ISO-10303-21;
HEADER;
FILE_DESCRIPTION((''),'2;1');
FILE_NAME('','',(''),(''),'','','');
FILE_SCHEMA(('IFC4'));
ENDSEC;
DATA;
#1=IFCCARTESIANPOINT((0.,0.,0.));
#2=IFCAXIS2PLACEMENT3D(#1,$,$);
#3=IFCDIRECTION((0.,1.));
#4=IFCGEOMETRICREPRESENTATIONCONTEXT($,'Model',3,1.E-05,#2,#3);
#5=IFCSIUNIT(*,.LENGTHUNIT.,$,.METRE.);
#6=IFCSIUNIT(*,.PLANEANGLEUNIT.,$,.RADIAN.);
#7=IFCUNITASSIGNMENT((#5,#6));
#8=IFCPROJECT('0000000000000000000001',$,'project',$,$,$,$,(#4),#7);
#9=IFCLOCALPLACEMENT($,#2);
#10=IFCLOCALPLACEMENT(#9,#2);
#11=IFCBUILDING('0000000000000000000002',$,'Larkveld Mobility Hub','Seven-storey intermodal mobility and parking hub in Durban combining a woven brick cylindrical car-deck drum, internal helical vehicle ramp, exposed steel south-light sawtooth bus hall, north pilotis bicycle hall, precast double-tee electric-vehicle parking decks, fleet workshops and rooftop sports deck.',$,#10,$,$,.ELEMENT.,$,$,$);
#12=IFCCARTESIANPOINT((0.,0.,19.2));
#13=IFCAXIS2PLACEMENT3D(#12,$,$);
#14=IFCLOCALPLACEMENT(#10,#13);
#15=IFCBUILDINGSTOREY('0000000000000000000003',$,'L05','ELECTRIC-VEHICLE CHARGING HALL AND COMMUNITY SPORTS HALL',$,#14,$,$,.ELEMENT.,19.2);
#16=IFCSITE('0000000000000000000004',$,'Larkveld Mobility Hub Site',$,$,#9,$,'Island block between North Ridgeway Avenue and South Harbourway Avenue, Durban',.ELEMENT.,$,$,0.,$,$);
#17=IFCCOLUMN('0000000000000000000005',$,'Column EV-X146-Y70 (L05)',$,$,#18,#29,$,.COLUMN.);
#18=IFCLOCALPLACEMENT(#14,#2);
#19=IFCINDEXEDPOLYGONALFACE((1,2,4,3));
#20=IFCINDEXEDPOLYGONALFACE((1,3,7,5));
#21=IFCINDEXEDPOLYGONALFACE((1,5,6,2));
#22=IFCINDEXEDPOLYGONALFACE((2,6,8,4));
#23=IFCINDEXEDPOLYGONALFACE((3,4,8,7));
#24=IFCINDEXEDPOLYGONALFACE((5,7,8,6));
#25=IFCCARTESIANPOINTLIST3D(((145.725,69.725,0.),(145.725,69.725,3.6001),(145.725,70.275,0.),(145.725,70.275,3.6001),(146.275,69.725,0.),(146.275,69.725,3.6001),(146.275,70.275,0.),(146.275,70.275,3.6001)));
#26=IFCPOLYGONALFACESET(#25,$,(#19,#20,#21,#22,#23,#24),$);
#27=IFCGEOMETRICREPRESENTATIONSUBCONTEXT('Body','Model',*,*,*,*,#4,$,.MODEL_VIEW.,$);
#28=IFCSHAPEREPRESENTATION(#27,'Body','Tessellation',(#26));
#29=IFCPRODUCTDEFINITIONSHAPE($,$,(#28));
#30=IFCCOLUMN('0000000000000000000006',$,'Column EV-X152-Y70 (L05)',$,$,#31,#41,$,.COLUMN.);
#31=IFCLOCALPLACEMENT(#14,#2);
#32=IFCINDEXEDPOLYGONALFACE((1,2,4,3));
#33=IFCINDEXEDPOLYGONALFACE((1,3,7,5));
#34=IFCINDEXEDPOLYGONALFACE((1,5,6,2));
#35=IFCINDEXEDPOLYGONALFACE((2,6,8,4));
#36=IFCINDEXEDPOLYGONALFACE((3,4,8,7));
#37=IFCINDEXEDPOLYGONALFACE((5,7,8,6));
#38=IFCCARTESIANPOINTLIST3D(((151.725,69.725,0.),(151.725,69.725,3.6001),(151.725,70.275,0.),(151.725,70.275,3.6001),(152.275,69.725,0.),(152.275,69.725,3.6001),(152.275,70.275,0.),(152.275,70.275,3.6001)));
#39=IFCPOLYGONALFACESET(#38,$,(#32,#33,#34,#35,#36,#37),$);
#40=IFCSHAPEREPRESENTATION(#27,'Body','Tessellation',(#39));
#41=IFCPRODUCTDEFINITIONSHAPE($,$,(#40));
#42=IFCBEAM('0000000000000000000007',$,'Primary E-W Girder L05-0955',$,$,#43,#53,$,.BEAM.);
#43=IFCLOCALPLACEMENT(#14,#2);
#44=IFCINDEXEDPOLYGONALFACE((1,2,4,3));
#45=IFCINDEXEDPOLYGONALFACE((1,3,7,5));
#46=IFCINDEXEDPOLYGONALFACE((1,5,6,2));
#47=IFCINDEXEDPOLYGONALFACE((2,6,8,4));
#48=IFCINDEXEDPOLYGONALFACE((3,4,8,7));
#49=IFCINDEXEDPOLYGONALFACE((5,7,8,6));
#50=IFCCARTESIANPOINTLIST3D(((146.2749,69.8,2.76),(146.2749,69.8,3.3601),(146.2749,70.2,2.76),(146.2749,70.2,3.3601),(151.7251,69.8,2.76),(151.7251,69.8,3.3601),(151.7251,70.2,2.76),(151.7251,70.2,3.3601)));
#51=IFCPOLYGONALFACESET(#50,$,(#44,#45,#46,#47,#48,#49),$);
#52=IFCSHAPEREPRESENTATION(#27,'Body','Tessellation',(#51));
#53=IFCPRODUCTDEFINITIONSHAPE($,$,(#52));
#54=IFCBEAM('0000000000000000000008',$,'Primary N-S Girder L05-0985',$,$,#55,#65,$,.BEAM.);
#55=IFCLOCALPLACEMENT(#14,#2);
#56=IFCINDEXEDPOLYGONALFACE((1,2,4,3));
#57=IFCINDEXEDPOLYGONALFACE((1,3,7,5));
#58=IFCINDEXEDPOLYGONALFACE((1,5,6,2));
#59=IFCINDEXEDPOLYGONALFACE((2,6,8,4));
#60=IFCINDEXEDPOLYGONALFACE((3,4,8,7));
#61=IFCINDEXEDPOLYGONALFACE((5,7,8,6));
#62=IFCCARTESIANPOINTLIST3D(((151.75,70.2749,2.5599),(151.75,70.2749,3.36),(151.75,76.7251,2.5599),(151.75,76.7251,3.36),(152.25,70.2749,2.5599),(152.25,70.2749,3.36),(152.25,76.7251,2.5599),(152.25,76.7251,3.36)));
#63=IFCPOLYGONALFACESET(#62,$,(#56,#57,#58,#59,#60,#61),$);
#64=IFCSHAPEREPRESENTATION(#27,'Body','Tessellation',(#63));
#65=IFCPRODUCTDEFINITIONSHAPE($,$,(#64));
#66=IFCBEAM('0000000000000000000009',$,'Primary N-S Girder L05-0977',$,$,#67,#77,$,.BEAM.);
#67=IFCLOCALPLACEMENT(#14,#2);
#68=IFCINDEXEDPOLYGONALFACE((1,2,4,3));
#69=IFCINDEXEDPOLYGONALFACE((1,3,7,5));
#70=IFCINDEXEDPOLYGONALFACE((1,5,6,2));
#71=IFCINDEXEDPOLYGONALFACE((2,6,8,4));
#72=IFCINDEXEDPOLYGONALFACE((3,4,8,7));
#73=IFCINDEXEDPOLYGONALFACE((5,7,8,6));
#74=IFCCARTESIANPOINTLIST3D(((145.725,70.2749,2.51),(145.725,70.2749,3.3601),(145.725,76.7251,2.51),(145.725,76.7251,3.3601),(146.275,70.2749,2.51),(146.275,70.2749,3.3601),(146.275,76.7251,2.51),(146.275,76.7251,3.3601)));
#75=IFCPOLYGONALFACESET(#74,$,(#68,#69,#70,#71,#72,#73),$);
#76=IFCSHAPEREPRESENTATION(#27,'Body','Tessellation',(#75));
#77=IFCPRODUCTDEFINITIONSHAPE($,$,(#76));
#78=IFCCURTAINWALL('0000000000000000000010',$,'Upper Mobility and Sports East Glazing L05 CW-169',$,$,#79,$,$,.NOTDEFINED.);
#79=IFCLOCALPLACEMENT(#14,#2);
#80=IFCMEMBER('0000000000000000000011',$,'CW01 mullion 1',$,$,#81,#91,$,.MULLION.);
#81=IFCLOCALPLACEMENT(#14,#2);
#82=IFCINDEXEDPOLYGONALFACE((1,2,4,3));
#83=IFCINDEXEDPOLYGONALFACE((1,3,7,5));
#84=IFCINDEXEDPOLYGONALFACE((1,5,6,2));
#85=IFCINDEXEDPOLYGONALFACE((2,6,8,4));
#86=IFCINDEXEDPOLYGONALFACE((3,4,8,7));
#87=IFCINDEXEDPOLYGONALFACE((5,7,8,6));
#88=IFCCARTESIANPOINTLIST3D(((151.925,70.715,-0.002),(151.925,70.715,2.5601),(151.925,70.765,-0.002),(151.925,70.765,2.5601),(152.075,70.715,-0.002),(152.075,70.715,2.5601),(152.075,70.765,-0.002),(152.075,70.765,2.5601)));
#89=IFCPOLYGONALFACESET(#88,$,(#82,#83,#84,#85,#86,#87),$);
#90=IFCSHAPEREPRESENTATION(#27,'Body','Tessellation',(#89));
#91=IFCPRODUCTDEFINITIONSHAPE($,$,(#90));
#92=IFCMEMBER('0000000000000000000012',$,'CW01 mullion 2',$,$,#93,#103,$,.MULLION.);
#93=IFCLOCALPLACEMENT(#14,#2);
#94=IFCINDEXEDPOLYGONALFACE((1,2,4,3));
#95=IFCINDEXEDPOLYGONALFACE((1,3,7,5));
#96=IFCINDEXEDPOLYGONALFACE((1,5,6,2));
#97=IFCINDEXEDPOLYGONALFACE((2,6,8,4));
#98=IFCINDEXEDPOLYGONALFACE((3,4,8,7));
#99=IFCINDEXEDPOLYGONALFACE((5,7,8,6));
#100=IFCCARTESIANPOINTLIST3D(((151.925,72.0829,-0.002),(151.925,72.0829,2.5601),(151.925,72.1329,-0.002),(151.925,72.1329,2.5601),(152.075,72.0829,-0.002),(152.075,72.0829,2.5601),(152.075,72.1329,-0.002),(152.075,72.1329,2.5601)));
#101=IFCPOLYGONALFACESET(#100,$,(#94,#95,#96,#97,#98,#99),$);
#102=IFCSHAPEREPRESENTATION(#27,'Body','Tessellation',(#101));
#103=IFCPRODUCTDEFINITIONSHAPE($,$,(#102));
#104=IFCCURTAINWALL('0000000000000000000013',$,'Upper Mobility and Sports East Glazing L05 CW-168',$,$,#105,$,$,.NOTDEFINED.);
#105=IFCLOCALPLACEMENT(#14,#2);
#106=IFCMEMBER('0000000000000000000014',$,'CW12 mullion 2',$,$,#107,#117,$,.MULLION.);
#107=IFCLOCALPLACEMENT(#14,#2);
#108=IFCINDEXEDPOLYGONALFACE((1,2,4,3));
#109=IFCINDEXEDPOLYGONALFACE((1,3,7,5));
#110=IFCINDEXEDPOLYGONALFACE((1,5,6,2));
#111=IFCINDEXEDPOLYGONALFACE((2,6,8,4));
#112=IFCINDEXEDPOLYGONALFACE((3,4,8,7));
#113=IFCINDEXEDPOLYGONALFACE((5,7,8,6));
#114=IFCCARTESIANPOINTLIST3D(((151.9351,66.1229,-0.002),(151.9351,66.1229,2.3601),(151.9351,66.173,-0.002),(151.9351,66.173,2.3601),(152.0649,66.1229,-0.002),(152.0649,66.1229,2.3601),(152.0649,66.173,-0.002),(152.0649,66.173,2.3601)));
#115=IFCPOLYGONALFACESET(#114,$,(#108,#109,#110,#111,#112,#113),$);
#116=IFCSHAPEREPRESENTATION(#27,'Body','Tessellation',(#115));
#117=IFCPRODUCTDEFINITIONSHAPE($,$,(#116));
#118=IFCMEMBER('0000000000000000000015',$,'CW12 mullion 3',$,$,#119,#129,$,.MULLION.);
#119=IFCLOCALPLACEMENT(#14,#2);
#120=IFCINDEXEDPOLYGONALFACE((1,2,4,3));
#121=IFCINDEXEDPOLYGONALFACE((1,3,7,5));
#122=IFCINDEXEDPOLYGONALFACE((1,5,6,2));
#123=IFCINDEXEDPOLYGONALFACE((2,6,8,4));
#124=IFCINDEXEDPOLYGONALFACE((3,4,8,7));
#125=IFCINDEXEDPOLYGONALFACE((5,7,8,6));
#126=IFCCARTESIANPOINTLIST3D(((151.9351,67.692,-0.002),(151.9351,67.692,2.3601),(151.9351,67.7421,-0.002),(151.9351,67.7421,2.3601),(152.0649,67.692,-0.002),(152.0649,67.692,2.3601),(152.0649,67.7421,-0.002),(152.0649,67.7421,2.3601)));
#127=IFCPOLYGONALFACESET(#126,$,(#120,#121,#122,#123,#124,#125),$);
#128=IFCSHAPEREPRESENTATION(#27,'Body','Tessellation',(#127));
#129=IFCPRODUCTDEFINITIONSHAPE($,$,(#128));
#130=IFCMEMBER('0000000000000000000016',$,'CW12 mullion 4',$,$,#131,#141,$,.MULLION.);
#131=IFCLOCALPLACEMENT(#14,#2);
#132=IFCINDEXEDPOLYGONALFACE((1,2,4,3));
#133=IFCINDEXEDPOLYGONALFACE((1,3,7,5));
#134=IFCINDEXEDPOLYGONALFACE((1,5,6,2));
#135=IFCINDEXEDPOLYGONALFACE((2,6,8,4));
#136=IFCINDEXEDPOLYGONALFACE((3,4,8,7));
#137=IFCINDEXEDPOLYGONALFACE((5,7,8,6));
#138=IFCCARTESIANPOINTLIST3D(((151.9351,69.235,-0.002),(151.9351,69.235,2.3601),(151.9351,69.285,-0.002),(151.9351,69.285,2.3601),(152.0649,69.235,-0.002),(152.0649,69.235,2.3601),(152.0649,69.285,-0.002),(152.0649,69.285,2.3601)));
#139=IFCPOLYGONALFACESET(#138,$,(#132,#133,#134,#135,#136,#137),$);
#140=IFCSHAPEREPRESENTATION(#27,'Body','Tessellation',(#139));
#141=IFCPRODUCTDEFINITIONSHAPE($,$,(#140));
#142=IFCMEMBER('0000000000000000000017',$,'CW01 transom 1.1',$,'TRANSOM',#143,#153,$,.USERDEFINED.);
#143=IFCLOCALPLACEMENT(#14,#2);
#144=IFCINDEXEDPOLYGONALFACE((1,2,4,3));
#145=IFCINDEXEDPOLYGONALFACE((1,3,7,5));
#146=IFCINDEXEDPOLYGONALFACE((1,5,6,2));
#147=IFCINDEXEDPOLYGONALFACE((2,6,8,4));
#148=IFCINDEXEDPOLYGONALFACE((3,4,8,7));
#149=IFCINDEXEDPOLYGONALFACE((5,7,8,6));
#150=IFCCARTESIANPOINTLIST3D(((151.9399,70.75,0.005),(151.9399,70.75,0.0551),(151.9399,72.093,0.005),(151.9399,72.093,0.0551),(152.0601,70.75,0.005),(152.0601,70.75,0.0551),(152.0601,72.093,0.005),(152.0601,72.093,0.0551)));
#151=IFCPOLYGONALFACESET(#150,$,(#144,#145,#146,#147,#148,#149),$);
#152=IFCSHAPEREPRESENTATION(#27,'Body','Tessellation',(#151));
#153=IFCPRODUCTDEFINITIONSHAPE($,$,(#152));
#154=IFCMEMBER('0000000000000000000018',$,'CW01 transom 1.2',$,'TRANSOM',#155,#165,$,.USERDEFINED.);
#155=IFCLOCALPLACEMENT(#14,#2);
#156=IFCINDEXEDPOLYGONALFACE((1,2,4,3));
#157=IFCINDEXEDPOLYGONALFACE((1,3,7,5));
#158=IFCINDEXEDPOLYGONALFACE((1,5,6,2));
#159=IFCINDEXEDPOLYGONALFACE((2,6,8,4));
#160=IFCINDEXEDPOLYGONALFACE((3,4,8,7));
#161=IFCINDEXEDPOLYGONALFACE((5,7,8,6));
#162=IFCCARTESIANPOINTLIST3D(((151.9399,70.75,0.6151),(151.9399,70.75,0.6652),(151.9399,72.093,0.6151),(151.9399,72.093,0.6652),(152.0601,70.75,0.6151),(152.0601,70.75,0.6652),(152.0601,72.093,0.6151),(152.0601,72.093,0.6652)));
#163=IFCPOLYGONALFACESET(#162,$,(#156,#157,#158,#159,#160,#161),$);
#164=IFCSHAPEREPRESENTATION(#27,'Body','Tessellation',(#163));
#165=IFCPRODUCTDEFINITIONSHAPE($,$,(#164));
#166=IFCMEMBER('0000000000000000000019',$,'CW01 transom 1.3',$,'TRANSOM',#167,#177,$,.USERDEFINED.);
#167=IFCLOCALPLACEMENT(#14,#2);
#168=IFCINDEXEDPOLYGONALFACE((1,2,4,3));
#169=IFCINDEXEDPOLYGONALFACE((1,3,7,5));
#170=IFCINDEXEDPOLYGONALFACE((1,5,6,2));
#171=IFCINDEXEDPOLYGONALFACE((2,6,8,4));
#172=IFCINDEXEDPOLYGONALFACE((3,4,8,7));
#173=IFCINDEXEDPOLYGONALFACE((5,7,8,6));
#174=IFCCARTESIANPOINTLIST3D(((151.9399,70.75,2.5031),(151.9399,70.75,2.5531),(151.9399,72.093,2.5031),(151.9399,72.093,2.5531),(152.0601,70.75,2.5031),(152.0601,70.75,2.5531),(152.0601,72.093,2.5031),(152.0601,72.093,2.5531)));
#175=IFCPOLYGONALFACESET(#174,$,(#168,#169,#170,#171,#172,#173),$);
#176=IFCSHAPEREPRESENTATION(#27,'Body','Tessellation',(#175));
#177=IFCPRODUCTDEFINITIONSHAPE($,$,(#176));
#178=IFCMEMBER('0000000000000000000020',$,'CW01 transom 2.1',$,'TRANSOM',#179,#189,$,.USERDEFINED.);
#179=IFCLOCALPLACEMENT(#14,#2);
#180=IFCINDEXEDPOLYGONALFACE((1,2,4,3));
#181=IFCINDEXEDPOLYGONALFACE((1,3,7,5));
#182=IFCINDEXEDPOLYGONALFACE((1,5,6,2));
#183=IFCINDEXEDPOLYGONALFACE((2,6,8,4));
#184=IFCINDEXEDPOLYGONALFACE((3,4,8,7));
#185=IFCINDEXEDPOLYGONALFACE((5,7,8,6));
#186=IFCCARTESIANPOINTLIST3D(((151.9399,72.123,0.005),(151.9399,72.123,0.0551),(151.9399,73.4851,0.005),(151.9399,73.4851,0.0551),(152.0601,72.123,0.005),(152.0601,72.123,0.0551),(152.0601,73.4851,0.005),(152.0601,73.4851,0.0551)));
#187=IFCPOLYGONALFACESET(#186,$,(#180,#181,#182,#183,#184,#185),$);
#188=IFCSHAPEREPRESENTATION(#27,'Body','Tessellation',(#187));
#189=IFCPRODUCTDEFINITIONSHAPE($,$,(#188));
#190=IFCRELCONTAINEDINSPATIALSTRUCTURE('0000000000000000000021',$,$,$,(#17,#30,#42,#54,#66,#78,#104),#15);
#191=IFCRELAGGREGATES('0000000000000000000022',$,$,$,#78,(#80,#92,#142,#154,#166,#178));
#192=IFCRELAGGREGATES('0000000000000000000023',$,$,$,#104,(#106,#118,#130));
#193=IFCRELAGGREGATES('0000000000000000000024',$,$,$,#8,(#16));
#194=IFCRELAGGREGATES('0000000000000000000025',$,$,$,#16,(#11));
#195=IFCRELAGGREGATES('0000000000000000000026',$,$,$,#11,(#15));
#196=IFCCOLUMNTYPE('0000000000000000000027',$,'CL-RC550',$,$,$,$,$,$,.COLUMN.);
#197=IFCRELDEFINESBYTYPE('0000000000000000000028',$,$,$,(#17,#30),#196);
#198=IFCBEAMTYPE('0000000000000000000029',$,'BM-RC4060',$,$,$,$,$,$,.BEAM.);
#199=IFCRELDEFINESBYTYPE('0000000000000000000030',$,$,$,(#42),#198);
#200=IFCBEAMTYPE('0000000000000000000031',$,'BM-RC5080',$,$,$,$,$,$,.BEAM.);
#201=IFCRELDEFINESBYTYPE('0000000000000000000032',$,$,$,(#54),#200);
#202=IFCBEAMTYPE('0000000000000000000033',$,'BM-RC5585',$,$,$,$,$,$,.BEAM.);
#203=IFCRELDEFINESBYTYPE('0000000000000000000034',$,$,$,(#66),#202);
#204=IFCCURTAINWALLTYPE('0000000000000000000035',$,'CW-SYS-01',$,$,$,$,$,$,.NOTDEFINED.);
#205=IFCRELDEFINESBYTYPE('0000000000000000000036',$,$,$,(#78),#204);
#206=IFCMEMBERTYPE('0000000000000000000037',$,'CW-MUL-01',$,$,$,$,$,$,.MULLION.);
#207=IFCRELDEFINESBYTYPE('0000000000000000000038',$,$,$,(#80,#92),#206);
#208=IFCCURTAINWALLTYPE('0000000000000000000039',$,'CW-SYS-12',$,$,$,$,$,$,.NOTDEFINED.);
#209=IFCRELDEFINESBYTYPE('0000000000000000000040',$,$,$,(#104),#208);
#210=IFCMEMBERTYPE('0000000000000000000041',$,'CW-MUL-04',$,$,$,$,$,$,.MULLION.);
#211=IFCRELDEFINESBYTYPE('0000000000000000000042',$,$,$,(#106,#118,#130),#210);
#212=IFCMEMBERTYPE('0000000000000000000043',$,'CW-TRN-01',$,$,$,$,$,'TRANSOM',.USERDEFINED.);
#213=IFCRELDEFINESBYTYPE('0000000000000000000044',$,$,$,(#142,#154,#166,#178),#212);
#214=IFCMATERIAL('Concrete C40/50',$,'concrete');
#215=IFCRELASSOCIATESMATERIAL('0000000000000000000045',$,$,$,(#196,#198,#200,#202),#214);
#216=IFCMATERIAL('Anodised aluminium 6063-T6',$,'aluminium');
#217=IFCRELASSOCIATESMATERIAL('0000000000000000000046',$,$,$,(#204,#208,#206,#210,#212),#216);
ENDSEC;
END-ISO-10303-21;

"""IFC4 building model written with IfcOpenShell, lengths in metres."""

from ifc_helpers import new_model, si_unit, direction, frame, origin, origin_2d, place, context, subcontext, project, spatial, rectangle, extrude, material, material_profile, profile_set, type_object, element, aggregate, save


model = new_model("IFC4")

# Units and contexts
model_context = context("Model", 3, precision=1e-05, world=origin(), true_north=direction((0.0, 1.0)))
body_context = subcontext(model_context, "Body", "Model", "MODEL_VIEW")
ifc_project = project(units=[si_unit("LENGTHUNIT", "METRE"), si_unit("PLANEANGLEUNIT", "RADIAN")], contexts=[model_context])

# Site, building, storey
site_placement = place(None, origin())
site = spatial("IfcSite", under=ifc_project, at=site_placement, Name="Larkveld Mobility Hub Site", LongName="Island block between North Ridgeway Avenue and South Harbourway Avenue, Durban", CompositionType="ELEMENT", RefElevation=0.0)
building_placement = place(site_placement, origin())
building = spatial("IfcBuilding", under=site, at=building_placement, Name="Larkveld Mobility Hub", Description="Seven-storey intermodal mobility and parking hub in Durban combining a woven brick cylindrical car-deck drum, internal helical vehicle ramp, exposed steel south-light sawtooth bus hall, north pilotis bicycle hall, precast double-tee electric-vehicle parking decks, fleet workshops and rooftop sports deck.", CompositionType="ELEMENT")
storey_placement = place(building_placement, frame((0.0, 0.0, 19.2)))
storey = spatial("IfcBuildingStorey", under=building, at=storey_placement, Name="L05", Description="ELECTRIC-VEHICLE CHARGING HALL AND COMMUNITY SPORTS HALL", CompositionType="ELEMENT", Elevation=19.2)

# Columns
ifc_material_1 = material(Name="Concrete C40/50", Category="concrete")
ifc_material_profile_1 = material_profile(ifc_material_1, rectangle(XDim=0.55, YDim=0.55, at=origin_2d()), Name="RC COL 550x550")
ifc_profile_set_1 = profile_set([ifc_material_profile_1], Name="Concrete C40/50")
column_type = type_object("IfcColumnType", Name="CL-RC550", PredefinedType="COLUMN", material=ifc_profile_set_1)
for number, where, z_axis, x_axis, name in (
    (1, (146.0, 70.0, 0.0), (0.0, 0.0, 1.0), (1.0, 0.0, 0.0), "Column EV-X146-Y70 (L05)"),
    (2, (152.0, 70.0, 0.0), (0.0, 0.0, 1.0), (1.0, 0.0, 0.0), "Column EV-X152-Y70 (L05)"),
):
    element("IfcColumn", number, at=place(storey_placement, frame(where, z_axis=z_axis, x_axis=x_axis)), inside=storey, type_object=column_type, Name=name, PredefinedType="COLUMN", context=body_context, shape_type="SweptSolid", body=[
        extrude(rectangle(XDim=0.55, YDim=0.55, at=origin_2d()), origin(), (0.0, 0.0, 1.0), 3.6001),
    ])

# Beams
ifc_material_profile_2 = material_profile(ifc_material_1, rectangle(XDim=0.3999, YDim=0.6001, at=origin_2d()), Name="RC BM 400x600")
ifc_profile_set_2 = profile_set([ifc_material_profile_2], Name="Concrete C40/50")
beam_type_1 = type_object("IfcBeamType", Name="BM-RC4060", PredefinedType="BEAM", material=ifc_profile_set_2)
beam_1_placement = place(storey_placement, frame((146.2749, 70.0, 3.0601), z_axis=(1.0, 0.0, 0.0), x_axis=(0.0, 1.0, 0.0)))
element("IfcBeam", 3, at=beam_1_placement, inside=storey, type_object=beam_type_1, Name="Primary E-W Girder L05-0955", PredefinedType="BEAM", context=body_context, shape_type="SweptSolid", body=[
    extrude(rectangle(XDim=0.3999, YDim=0.6001, at=origin_2d()), origin(), (0.0, 0.0, 1.0), 5.4502),
])
ifc_material_profile_3 = material_profile(ifc_material_1, rectangle(XDim=0.5, YDim=0.8, at=origin_2d()), Name="RC BM 500x800")
ifc_profile_set_3 = profile_set([ifc_material_profile_3], Name="Concrete C40/50")
beam_type_2 = type_object("IfcBeamType", Name="BM-RC5080", PredefinedType="BEAM", material=ifc_profile_set_3)
beam_2_placement = place(storey_placement, frame((152.0, 70.2749, 2.96), z_axis=(0.0, 1.0, 0.0), x_axis=(-1.0, 0.0, 0.0)))
element("IfcBeam", 4, at=beam_2_placement, inside=storey, type_object=beam_type_2, Name="Primary N-S Girder L05-0985", PredefinedType="BEAM", context=body_context, shape_type="SweptSolid", body=[
    extrude(rectangle(XDim=0.5, YDim=0.8, at=origin_2d()), origin(), (0.0, 0.0, 1.0), 6.4502),
])
ifc_material_profile_4 = material_profile(ifc_material_1, rectangle(XDim=0.55, YDim=0.8501, at=origin_2d()), Name="RC BM 550x850")
ifc_profile_set_4 = profile_set([ifc_material_profile_4], Name="Concrete C40/50")
beam_type_3 = type_object("IfcBeamType", Name="BM-RC5585", PredefinedType="BEAM", material=ifc_profile_set_4)
beam_3_placement = place(storey_placement, frame((146.0, 70.2749, 2.9351), z_axis=(0.0, 1.0, 0.0), x_axis=(-1.0, 0.0, 0.0)))
element("IfcBeam", 5, at=beam_3_placement, inside=storey, type_object=beam_type_3, Name="Primary N-S Girder L05-0977", PredefinedType="BEAM", context=body_context, shape_type="SweptSolid", body=[
    extrude(rectangle(XDim=0.55, YDim=0.8501, at=origin_2d()), origin(), (0.0, 0.0, 1.0), 6.4502),
])

# Curtain walls, members
ifc_material_2 = material(Name="Anodised aluminium 6063-T6", Category="aluminium")
curtain_wall_type_1 = type_object("IfcCurtainWallType", Name="CW-SYS-01", PredefinedType="NOTDEFINED", material=ifc_material_2)
curtain_wall_1_placement = place(storey_placement, origin())
curtain_wall_1 = element("IfcCurtainWall", 6, at=curtain_wall_1_placement, inside=storey, type_object=curtain_wall_type_1, Name="Upper Mobility and Sports East Glazing L05 CW-169", PredefinedType="NOTDEFINED")
ifc_material_profile_5 = material_profile(ifc_material_2, rectangle(XDim=0.05, YDim=0.1499, at=origin_2d()), Name="ALU MULL 50x150")
ifc_profile_set_5 = profile_set([ifc_material_profile_5], Name="Anodised aluminium 6063-T6")
member_type_1 = type_object("IfcMemberType", Name="CW-MUL-01", PredefinedType="MULLION", material=ifc_profile_set_5)
member_1_placement = place(storey_placement, frame((152.0, 70.74, -0.002), z_axis=(0.0, 0.0, 1.0), x_axis=(0.0, 1.0, 0.0)))
member_1 = element("IfcMember", 7, at=member_1_placement, type_object=member_type_1, Name="CW01 mullion 1", PredefinedType="MULLION", context=body_context, shape_type="SweptSolid", body=[
    extrude(rectangle(XDim=0.05, YDim=0.1499, at=origin_2d()), origin(), (0.0, 0.0, 1.0), 2.562),
])
member_2_placement = place(storey_placement, frame((152.0, 72.1079, -0.002), z_axis=(0.0, 0.0, 1.0), x_axis=(0.0, 1.0, 0.0)))
member_2 = element("IfcMember", 8, at=member_2_placement, type_object=member_type_1, Name="CW01 mullion 2", PredefinedType="MULLION", context=body_context, shape_type="SweptSolid", body=[
    extrude(rectangle(XDim=0.05, YDim=0.1499, at=origin_2d()), origin(), (0.0, 0.0, 1.0), 2.562),
])
curtain_wall_type_2 = type_object("IfcCurtainWallType", Name="CW-SYS-12", PredefinedType="NOTDEFINED", material=ifc_material_2)
curtain_wall_2_placement = place(storey_placement, origin())
curtain_wall_2 = element("IfcCurtainWall", 9, at=curtain_wall_2_placement, inside=storey, type_object=curtain_wall_type_2, Name="Upper Mobility and Sports East Glazing L05 CW-168", PredefinedType="NOTDEFINED")
ifc_material_profile_6 = material_profile(ifc_material_2, rectangle(XDim=0.05, YDim=0.1299, at=origin_2d()), Name="ALU MULL 50x130")
ifc_profile_set_6 = profile_set([ifc_material_profile_6], Name="Anodised aluminium 6063-T6")
member_type_2 = type_object("IfcMemberType", Name="CW-MUL-04", PredefinedType="MULLION", material=ifc_profile_set_6)
member_3_placement = place(storey_placement, frame((152.0, 66.1479, -0.002), z_axis=(0.0, 0.0, 1.0), x_axis=(0.0, 1.0, 0.0)))
member_3 = element("IfcMember", 10, at=member_3_placement, type_object=member_type_2, Name="CW12 mullion 2", PredefinedType="MULLION", context=body_context, shape_type="SweptSolid", body=[
    extrude(rectangle(XDim=0.05, YDim=0.1299, at=origin_2d()), origin(), (0.0, 0.0, 1.0), 2.3621),
])
member_4_placement = place(storey_placement, frame((152.0, 67.717, -0.002), z_axis=(0.0, 0.0, 1.0), x_axis=(0.0, 1.0, 0.0)))
member_4 = element("IfcMember", 11, at=member_4_placement, type_object=member_type_2, Name="CW12 mullion 3", PredefinedType="MULLION", context=body_context, shape_type="SweptSolid", body=[
    extrude(rectangle(XDim=0.05, YDim=0.1299, at=origin_2d()), origin(), (0.0, 0.0, 1.0), 2.3621),
])
member_5_placement = place(storey_placement, frame((152.0, 69.26, -0.002), z_axis=(0.0, 0.0, 1.0), x_axis=(0.0, 1.0, 0.0)))
member_5 = element("IfcMember", 12, at=member_5_placement, type_object=member_type_2, Name="CW12 mullion 4", PredefinedType="MULLION", context=body_context, shape_type="SweptSolid", body=[
    extrude(rectangle(XDim=0.05, YDim=0.1299, at=origin_2d()), origin(), (0.0, 0.0, 1.0), 2.3621),
])

# Members
ifc_material_profile_7 = material_profile(ifc_material_2, rectangle(XDim=0.1201, YDim=0.05, at=origin_2d()), Name="ALU TRAN 50x120")
ifc_profile_set_7 = profile_set([ifc_material_profile_7], Name="Anodised aluminium 6063-T6")
member_type_3 = type_object("IfcMemberType", Name="CW-TRN-01", ElementType="TRANSOM", PredefinedType="USERDEFINED", material=ifc_profile_set_7)
member_6_placement = place(storey_placement, frame((152.0, 70.75, 0.03), z_axis=(0.0, 1.0, 0.0), x_axis=(-1.0, 0.0, 0.0)))
member_6 = element("IfcMember", 13, at=member_6_placement, type_object=member_type_3, Name="CW01 transom 1.1", ObjectType="TRANSOM", PredefinedType="USERDEFINED", context=body_context, shape_type="SweptSolid", body=[
    extrude(rectangle(XDim=0.1201, YDim=0.05, at=origin_2d()), origin(), (0.0, 0.0, 1.0), 1.343),
])
member_7_placement = place(storey_placement, frame((152.0, 70.75, 0.6401), z_axis=(0.0, 1.0, 0.0), x_axis=(-1.0, 0.0, 0.0)))
member_7 = element("IfcMember", 14, at=member_7_placement, type_object=member_type_3, Name="CW01 transom 1.2", ObjectType="TRANSOM", PredefinedType="USERDEFINED", context=body_context, shape_type="SweptSolid", body=[
    extrude(rectangle(XDim=0.1201, YDim=0.05, at=origin_2d()), origin(), (0.0, 0.0, 1.0), 1.343),
])
member_8_placement = place(storey_placement, frame((152.0, 70.75, 2.5281), z_axis=(0.0, 1.0, 0.0), x_axis=(-1.0, 0.0, 0.0)))
member_8 = element("IfcMember", 15, at=member_8_placement, type_object=member_type_3, Name="CW01 transom 1.3", ObjectType="TRANSOM", PredefinedType="USERDEFINED", context=body_context, shape_type="SweptSolid", body=[
    extrude(rectangle(XDim=0.1201, YDim=0.05, at=origin_2d()), origin(), (0.0, 0.0, 1.0), 1.343),
])
member_9_placement = place(storey_placement, frame((152.0, 72.123, 0.03), z_axis=(0.0, 1.0, 0.0), x_axis=(-1.0, 0.0, 0.0)))
member_9 = element("IfcMember", 16, at=member_9_placement, type_object=member_type_3, Name="CW01 transom 2.1", ObjectType="TRANSOM", PredefinedType="USERDEFINED", context=body_context, shape_type="SweptSolid", body=[
    extrude(rectangle(XDim=0.1201, YDim=0.05, at=origin_2d()), origin(), (0.0, 0.0, 1.0), 1.3621),
])

aggregate(curtain_wall_1, [member_1, member_2, member_6, member_7, member_8, member_9])
aggregate(curtain_wall_2, [member_3, member_4, member_5])

save(model, "model.ifc")
